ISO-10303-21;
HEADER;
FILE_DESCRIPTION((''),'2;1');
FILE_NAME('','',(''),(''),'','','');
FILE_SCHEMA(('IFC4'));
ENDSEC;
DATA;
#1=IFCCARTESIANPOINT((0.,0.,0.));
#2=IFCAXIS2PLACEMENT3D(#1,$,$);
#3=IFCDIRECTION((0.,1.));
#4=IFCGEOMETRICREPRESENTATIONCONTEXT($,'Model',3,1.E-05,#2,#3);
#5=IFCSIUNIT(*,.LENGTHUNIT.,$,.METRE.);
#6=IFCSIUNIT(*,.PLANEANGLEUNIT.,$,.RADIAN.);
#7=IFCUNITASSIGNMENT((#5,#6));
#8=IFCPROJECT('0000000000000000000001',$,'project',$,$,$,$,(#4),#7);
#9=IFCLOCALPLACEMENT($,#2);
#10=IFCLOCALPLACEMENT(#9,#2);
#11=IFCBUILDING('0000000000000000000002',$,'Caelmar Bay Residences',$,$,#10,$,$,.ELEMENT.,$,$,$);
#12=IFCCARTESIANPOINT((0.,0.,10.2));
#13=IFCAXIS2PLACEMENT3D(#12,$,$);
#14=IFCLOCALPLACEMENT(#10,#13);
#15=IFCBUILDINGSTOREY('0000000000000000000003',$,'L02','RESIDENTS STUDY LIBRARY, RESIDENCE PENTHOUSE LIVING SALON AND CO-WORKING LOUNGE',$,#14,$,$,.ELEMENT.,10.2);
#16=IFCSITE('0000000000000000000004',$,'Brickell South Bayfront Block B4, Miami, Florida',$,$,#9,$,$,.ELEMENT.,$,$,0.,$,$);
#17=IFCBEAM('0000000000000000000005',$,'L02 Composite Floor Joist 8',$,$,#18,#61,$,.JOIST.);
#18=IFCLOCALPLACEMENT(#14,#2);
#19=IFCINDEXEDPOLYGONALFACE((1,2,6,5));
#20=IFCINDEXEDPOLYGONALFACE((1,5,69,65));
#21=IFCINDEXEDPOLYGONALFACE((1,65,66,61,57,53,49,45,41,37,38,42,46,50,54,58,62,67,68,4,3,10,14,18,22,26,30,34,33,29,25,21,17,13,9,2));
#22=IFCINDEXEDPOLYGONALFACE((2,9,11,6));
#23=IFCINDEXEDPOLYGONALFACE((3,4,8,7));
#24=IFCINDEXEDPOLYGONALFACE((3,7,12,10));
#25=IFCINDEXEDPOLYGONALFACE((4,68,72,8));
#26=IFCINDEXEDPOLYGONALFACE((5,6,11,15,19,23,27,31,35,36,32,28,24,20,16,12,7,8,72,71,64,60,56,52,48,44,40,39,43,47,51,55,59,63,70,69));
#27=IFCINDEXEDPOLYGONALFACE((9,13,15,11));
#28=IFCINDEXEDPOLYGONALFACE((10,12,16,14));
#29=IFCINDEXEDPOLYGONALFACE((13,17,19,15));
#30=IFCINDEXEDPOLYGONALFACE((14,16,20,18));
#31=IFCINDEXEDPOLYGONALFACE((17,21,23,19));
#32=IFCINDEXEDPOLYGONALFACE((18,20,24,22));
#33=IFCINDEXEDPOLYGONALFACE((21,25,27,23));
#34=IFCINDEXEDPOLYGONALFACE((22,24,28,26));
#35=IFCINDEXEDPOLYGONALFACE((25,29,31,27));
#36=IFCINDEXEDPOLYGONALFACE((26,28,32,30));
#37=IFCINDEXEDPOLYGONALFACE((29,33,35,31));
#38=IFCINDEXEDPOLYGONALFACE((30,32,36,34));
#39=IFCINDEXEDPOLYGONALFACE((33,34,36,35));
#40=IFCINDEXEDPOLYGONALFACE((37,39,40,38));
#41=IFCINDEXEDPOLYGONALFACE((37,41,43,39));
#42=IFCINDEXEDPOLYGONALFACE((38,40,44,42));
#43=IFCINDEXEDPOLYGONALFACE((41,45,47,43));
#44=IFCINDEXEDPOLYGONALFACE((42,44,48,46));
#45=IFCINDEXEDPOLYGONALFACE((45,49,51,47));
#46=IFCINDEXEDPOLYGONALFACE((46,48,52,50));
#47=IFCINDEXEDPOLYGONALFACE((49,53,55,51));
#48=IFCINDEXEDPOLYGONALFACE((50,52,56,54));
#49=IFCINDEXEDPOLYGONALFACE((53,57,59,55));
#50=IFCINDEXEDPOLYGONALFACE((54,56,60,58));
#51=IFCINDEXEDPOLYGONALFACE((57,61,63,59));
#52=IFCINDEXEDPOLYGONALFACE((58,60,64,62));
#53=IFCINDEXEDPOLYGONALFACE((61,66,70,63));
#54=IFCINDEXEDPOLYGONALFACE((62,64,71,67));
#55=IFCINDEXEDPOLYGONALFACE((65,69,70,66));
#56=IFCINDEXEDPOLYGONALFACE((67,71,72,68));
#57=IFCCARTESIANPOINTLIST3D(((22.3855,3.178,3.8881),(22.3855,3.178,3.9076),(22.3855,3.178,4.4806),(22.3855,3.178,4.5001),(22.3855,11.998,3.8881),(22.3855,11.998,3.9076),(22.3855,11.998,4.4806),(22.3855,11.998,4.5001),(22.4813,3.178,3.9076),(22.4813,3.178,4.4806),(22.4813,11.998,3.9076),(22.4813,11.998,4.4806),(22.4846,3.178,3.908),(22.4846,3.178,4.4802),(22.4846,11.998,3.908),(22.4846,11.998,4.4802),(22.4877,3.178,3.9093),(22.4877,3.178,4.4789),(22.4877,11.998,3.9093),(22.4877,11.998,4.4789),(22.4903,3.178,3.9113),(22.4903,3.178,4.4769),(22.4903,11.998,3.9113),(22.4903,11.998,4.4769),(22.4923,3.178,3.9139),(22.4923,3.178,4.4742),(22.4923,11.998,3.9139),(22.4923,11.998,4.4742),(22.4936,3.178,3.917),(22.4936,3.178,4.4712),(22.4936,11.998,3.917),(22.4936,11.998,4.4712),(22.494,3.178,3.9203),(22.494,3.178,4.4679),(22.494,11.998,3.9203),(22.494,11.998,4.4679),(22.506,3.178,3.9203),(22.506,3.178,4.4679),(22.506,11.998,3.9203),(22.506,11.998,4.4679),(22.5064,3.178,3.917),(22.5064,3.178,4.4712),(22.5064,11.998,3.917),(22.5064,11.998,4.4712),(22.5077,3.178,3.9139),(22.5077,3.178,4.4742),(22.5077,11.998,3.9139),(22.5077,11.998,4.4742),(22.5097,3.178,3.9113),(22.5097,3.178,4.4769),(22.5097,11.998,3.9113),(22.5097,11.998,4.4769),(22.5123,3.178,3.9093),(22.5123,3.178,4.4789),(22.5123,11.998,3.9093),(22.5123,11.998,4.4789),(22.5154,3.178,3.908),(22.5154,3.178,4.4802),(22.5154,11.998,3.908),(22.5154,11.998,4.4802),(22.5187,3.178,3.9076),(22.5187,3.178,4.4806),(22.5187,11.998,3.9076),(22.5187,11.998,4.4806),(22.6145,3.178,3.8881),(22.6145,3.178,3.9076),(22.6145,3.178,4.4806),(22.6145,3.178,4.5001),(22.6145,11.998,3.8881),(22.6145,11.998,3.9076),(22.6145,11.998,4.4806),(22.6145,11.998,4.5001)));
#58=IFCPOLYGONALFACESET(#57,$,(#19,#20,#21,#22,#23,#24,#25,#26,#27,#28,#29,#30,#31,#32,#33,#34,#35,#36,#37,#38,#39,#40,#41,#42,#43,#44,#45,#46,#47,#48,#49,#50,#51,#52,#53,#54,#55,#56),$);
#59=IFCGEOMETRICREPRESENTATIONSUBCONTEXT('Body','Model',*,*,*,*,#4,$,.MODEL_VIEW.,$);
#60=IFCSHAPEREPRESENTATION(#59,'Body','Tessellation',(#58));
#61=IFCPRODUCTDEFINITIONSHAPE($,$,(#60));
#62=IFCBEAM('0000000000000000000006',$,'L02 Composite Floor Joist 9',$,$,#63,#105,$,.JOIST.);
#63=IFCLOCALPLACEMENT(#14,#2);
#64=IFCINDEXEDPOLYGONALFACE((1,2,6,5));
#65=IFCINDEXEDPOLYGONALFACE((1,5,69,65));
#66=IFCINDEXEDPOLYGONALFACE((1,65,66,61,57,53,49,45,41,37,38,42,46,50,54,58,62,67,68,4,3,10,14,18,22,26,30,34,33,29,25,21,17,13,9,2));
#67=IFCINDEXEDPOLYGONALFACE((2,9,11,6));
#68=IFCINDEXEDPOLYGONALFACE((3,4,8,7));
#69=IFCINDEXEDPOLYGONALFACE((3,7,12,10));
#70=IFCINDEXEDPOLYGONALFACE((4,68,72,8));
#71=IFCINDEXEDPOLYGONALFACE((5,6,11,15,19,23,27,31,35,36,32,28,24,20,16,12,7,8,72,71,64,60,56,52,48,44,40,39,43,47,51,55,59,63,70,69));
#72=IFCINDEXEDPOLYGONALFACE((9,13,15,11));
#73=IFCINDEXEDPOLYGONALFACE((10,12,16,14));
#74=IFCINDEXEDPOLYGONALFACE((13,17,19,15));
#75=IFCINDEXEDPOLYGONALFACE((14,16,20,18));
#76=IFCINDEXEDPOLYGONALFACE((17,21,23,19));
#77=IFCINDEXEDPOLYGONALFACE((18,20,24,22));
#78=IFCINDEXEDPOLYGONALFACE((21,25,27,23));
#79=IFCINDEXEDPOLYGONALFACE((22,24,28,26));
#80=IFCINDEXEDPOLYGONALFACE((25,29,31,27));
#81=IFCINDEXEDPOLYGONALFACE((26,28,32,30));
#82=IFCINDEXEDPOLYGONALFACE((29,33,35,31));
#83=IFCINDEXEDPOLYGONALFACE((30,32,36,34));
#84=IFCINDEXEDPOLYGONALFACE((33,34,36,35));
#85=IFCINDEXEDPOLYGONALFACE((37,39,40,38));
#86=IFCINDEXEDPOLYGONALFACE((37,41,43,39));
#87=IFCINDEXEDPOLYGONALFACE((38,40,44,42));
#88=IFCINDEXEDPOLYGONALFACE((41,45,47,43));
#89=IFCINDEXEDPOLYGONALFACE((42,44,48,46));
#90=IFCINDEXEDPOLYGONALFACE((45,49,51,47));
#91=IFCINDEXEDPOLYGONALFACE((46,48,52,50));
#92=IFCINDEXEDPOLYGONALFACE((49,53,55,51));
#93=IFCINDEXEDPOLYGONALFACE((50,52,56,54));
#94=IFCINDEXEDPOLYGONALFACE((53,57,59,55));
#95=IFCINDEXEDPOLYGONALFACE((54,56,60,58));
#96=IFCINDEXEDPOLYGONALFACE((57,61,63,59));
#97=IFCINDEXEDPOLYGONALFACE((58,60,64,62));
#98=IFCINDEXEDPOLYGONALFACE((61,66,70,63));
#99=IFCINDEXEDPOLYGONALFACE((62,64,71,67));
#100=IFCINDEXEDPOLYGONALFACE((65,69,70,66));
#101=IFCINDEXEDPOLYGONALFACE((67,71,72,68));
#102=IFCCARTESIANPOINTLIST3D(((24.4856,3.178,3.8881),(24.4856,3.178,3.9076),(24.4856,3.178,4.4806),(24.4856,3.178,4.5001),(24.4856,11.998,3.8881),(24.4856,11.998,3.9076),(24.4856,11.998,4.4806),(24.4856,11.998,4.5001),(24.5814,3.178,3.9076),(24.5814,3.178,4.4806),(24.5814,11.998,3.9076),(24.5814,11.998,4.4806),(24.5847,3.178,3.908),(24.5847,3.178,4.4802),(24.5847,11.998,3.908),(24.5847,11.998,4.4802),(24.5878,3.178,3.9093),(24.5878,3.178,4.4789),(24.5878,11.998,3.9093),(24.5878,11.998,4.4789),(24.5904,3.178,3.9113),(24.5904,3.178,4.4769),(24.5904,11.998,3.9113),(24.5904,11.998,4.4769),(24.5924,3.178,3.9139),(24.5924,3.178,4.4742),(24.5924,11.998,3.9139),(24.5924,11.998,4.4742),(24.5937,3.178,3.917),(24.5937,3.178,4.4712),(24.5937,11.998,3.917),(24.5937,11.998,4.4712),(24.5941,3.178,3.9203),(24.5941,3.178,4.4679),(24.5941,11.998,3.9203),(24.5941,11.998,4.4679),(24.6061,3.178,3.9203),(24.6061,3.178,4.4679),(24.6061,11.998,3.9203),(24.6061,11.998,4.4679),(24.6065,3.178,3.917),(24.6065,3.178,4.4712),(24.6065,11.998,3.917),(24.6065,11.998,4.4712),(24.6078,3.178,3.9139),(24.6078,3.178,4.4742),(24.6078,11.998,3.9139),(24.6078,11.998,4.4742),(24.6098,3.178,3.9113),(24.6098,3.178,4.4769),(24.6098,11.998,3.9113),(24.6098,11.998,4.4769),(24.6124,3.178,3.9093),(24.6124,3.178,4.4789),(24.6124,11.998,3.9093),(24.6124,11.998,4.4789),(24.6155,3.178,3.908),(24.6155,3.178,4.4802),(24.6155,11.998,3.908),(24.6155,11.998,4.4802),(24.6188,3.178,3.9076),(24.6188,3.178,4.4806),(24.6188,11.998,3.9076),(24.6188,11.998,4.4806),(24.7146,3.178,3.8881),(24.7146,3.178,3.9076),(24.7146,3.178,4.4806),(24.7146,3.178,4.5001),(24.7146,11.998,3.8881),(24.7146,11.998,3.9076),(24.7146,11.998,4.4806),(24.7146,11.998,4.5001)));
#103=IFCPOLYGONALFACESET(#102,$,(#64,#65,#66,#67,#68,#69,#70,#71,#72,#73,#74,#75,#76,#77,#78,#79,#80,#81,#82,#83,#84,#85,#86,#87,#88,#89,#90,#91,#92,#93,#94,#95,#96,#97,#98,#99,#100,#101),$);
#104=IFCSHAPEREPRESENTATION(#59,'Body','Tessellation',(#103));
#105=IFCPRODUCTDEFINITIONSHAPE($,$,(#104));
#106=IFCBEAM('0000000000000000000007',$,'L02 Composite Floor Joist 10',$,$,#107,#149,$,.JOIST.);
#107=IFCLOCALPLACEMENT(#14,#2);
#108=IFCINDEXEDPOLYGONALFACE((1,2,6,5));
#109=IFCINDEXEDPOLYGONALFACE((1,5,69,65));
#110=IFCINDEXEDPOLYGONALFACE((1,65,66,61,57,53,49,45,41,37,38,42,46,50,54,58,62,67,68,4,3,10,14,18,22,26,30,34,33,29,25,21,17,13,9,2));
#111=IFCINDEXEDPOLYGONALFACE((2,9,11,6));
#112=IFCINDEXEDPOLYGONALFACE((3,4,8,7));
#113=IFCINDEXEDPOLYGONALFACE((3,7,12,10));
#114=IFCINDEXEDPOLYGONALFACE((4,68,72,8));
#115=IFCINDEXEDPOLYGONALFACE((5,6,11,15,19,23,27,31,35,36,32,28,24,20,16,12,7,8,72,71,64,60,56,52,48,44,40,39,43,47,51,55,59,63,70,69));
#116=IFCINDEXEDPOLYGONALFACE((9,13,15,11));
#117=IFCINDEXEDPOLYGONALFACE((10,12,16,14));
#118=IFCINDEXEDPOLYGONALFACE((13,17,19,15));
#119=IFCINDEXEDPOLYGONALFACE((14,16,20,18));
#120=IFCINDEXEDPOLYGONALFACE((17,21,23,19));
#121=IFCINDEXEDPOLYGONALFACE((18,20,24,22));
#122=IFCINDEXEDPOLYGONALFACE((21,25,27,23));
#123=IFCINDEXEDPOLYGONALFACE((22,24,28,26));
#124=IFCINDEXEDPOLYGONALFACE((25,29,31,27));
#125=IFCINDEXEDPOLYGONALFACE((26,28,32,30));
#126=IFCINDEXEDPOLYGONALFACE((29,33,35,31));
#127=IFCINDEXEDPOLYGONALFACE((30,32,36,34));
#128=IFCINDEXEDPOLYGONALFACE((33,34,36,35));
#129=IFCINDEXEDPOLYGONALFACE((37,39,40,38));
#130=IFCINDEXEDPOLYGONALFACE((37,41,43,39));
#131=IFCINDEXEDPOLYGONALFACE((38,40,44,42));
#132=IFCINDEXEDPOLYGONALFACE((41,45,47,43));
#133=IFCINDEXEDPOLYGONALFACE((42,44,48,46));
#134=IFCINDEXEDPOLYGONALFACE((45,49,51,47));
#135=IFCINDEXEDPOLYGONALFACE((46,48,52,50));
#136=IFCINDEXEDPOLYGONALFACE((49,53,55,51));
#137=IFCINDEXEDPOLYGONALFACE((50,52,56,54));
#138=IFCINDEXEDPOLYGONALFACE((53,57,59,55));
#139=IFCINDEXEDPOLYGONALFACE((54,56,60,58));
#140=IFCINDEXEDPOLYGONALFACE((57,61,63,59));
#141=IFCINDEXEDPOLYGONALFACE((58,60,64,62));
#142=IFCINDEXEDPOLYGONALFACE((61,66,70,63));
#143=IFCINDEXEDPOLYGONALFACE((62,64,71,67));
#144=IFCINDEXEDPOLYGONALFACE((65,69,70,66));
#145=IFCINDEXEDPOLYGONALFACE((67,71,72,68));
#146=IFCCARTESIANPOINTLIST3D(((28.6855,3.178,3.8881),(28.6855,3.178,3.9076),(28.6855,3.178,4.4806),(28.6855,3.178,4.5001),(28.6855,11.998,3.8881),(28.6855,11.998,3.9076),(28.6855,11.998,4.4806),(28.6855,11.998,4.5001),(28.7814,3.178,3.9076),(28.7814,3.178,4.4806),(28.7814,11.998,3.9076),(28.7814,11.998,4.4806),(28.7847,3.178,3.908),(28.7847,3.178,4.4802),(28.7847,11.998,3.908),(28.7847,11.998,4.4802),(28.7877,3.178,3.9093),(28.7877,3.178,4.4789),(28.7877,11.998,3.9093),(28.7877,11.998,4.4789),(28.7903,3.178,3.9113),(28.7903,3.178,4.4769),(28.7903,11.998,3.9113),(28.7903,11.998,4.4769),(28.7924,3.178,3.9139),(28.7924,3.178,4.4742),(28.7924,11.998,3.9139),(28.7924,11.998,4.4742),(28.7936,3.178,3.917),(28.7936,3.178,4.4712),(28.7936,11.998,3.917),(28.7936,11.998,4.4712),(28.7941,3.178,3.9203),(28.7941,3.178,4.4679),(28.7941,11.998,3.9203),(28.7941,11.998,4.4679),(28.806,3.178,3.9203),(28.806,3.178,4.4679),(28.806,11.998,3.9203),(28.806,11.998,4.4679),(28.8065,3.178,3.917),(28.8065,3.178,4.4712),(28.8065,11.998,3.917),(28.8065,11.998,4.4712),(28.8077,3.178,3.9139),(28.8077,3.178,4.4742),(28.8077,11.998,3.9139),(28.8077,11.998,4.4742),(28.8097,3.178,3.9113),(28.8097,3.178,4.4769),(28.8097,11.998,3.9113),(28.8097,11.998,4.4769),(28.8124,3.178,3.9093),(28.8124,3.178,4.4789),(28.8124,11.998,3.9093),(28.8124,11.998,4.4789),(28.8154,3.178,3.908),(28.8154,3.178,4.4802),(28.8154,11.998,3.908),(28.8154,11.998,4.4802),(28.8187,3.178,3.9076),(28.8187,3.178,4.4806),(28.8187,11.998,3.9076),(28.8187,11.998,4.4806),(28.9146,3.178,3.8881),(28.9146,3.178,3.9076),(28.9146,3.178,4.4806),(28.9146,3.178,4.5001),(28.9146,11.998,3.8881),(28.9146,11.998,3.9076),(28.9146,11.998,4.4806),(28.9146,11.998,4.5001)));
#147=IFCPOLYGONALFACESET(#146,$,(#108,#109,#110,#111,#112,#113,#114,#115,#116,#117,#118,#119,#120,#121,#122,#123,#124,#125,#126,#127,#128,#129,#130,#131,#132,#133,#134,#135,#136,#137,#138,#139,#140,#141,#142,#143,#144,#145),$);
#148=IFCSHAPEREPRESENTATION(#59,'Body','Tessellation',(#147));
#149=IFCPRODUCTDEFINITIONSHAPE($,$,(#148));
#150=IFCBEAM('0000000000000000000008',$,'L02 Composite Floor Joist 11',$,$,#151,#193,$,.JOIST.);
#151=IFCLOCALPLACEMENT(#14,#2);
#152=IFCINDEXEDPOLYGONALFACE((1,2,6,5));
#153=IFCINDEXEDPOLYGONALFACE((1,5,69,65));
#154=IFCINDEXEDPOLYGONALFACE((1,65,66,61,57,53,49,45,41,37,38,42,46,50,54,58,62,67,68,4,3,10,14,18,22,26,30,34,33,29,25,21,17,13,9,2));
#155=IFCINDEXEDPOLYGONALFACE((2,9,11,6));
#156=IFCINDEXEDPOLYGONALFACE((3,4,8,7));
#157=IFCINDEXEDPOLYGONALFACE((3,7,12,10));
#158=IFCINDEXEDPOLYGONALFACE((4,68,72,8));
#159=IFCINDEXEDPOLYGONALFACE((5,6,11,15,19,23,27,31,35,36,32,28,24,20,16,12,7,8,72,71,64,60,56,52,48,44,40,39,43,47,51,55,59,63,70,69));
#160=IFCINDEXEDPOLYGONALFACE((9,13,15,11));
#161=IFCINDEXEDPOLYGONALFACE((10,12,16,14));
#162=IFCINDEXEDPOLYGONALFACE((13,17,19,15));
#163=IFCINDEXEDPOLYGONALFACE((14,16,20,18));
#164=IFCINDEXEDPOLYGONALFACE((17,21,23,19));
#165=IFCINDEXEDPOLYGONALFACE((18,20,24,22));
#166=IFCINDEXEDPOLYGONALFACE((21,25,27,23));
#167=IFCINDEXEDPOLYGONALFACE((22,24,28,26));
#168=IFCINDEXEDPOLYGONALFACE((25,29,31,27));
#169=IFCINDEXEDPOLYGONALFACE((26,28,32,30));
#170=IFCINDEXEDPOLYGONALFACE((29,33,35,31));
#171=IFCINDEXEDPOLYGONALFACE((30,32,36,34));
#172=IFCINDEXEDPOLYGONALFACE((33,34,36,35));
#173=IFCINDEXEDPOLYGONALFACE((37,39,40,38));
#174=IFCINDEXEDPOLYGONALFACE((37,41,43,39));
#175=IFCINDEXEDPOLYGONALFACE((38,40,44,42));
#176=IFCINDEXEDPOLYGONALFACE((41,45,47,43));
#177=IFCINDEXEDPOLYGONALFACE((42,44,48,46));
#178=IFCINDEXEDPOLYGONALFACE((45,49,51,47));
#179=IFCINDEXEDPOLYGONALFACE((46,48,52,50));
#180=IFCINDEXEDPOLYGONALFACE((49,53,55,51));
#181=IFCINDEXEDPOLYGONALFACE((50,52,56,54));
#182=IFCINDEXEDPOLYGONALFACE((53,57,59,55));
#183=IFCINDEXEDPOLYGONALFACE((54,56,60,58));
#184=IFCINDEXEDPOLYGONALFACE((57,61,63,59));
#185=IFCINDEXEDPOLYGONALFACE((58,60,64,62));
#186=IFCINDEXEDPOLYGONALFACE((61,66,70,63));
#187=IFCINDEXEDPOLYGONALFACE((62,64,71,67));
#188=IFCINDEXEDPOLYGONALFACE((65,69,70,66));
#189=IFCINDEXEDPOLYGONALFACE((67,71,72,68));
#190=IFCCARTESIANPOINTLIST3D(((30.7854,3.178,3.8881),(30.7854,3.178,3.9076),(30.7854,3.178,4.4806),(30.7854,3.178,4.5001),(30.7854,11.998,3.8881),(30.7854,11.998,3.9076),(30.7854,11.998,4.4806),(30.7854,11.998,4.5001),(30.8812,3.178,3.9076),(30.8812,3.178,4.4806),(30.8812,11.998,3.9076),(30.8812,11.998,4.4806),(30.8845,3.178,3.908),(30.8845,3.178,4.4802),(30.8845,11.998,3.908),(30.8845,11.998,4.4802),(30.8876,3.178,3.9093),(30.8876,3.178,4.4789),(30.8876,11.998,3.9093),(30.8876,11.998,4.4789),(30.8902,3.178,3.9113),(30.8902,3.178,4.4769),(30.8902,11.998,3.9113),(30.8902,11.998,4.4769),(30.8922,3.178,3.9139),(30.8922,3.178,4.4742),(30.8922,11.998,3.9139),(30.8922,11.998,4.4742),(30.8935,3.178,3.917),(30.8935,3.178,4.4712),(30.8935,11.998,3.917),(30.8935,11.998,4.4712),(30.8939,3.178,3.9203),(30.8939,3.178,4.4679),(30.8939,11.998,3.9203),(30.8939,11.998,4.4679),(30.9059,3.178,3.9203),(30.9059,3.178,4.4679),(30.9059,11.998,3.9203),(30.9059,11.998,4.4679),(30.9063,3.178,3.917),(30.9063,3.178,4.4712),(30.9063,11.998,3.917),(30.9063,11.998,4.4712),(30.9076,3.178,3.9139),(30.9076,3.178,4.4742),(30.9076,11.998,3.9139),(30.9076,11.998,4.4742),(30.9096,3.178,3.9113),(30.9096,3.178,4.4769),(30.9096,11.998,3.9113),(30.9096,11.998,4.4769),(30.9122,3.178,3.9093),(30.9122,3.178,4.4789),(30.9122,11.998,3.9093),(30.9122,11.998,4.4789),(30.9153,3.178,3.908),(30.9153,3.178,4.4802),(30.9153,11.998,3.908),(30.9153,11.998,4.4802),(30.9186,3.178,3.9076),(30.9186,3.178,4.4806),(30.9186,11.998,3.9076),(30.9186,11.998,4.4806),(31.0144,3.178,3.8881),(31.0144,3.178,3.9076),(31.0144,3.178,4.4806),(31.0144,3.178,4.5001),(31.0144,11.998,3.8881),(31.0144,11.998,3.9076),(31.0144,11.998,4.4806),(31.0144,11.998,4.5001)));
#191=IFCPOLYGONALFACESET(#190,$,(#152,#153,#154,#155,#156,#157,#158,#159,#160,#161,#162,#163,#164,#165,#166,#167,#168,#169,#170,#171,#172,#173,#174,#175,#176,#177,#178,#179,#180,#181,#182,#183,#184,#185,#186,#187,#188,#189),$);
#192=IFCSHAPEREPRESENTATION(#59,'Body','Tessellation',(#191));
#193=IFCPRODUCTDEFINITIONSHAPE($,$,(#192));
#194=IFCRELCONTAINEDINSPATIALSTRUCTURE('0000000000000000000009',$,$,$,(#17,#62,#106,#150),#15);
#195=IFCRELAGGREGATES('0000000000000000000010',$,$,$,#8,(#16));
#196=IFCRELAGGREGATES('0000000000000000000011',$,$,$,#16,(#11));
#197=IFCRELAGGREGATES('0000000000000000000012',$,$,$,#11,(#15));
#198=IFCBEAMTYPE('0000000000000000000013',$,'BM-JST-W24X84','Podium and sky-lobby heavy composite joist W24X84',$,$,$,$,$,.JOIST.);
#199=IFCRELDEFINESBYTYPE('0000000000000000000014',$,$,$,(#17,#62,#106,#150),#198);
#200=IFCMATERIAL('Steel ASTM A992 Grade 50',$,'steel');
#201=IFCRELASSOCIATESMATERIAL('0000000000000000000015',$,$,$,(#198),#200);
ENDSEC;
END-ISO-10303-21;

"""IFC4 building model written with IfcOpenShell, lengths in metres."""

from ifc_helpers import new_model, si_unit, direction, frame, origin, origin_2d, place, context, subcontext, project, spatial, i_section, extrude, material, material_profile, profile_set, type_object, element, save


model = new_model("IFC4")

# Units and contexts
model_context = context("Model", 3, precision=1e-05, world=origin(), true_north=direction((0.0, 1.0)))
body_context = subcontext(model_context, "Body", "Model", "MODEL_VIEW")
ifc_project = project(units=[si_unit("LENGTHUNIT", "METRE"), si_unit("PLANEANGLEUNIT", "RADIAN")], contexts=[model_context])

# Site, building, storey
site_placement = place(None, origin())
site = spatial("IfcSite", under=ifc_project, at=site_placement, Name="Brickell South Bayfront Block B4, Miami, Florida", CompositionType="ELEMENT", RefElevation=0.0)
building_placement = place(site_placement, origin())
building = spatial("IfcBuilding", under=site, at=building_placement, Name="Caelmar Bay Residences", CompositionType="ELEMENT")
storey_placement = place(building_placement, frame((0.0, 0.0, 10.2)))
storey = spatial("IfcBuildingStorey", under=building, at=storey_placement, Name="L02", Description="RESIDENTS STUDY LIBRARY, RESIDENCE PENTHOUSE LIVING SALON AND CO-WORKING LOUNGE", CompositionType="ELEMENT", Elevation=10.2)

# Beams
ifc_material_1 = material(Name="Steel ASTM A992 Grade 50", Category="steel")
ifc_material_profile_1 = material_profile(ifc_material_1, i_section(OverallWidth=0.229, OverallDepth=0.6121, WebThickness=0.012, FlangeThickness=0.0195, FilletRadius=0.0127, at=origin_2d()), Name="W24X84")
ifc_profile_set_1 = profile_set([ifc_material_profile_1], Name="Steel ASTM A992 Grade 50")
beam_type_1 = type_object("IfcBeamType", Name="BM-JST-W24X84", Description="Podium and sky-lobby heavy composite joist W24X84", PredefinedType="JOIST", material=ifc_profile_set_1)
for number, where, z_axis, x_axis, name in (
    (1, (22.5, 3.178, 4.1941), (0.0, 1.0, 0.0), (-1.0, 0.0, 0.0), "L02 Composite Floor Joist 8"),
    (2, (24.6001, 3.178, 4.1941), (0.0, 1.0, 0.0), (-1.0, 0.0, 0.0), "L02 Composite Floor Joist 9"),
    (3, (28.8, 3.178, 4.1941), (0.0, 1.0, 0.0), (-1.0, 0.0, 0.0), "L02 Composite Floor Joist 10"),
    (4, (30.8999, 3.178, 4.1941), (0.0, 1.0, 0.0), (-1.0, 0.0, 0.0), "L02 Composite Floor Joist 11"),
):
    element("IfcBeam", number, at=place(storey_placement, frame(where, z_axis=z_axis, x_axis=x_axis)), inside=storey, type_object=beam_type_1, Name=name, PredefinedType="JOIST", context=body_context, shape_type="SweptSolid", body=[
        extrude(i_section(OverallWidth=0.229, OverallDepth=0.6121, WebThickness=0.012, FlangeThickness=0.0195, FilletRadius=0.0127, at=origin_2d()), origin(), (0.0, 0.0, 1.0), 8.8201),
    ])

save(model, "model.ifc")
